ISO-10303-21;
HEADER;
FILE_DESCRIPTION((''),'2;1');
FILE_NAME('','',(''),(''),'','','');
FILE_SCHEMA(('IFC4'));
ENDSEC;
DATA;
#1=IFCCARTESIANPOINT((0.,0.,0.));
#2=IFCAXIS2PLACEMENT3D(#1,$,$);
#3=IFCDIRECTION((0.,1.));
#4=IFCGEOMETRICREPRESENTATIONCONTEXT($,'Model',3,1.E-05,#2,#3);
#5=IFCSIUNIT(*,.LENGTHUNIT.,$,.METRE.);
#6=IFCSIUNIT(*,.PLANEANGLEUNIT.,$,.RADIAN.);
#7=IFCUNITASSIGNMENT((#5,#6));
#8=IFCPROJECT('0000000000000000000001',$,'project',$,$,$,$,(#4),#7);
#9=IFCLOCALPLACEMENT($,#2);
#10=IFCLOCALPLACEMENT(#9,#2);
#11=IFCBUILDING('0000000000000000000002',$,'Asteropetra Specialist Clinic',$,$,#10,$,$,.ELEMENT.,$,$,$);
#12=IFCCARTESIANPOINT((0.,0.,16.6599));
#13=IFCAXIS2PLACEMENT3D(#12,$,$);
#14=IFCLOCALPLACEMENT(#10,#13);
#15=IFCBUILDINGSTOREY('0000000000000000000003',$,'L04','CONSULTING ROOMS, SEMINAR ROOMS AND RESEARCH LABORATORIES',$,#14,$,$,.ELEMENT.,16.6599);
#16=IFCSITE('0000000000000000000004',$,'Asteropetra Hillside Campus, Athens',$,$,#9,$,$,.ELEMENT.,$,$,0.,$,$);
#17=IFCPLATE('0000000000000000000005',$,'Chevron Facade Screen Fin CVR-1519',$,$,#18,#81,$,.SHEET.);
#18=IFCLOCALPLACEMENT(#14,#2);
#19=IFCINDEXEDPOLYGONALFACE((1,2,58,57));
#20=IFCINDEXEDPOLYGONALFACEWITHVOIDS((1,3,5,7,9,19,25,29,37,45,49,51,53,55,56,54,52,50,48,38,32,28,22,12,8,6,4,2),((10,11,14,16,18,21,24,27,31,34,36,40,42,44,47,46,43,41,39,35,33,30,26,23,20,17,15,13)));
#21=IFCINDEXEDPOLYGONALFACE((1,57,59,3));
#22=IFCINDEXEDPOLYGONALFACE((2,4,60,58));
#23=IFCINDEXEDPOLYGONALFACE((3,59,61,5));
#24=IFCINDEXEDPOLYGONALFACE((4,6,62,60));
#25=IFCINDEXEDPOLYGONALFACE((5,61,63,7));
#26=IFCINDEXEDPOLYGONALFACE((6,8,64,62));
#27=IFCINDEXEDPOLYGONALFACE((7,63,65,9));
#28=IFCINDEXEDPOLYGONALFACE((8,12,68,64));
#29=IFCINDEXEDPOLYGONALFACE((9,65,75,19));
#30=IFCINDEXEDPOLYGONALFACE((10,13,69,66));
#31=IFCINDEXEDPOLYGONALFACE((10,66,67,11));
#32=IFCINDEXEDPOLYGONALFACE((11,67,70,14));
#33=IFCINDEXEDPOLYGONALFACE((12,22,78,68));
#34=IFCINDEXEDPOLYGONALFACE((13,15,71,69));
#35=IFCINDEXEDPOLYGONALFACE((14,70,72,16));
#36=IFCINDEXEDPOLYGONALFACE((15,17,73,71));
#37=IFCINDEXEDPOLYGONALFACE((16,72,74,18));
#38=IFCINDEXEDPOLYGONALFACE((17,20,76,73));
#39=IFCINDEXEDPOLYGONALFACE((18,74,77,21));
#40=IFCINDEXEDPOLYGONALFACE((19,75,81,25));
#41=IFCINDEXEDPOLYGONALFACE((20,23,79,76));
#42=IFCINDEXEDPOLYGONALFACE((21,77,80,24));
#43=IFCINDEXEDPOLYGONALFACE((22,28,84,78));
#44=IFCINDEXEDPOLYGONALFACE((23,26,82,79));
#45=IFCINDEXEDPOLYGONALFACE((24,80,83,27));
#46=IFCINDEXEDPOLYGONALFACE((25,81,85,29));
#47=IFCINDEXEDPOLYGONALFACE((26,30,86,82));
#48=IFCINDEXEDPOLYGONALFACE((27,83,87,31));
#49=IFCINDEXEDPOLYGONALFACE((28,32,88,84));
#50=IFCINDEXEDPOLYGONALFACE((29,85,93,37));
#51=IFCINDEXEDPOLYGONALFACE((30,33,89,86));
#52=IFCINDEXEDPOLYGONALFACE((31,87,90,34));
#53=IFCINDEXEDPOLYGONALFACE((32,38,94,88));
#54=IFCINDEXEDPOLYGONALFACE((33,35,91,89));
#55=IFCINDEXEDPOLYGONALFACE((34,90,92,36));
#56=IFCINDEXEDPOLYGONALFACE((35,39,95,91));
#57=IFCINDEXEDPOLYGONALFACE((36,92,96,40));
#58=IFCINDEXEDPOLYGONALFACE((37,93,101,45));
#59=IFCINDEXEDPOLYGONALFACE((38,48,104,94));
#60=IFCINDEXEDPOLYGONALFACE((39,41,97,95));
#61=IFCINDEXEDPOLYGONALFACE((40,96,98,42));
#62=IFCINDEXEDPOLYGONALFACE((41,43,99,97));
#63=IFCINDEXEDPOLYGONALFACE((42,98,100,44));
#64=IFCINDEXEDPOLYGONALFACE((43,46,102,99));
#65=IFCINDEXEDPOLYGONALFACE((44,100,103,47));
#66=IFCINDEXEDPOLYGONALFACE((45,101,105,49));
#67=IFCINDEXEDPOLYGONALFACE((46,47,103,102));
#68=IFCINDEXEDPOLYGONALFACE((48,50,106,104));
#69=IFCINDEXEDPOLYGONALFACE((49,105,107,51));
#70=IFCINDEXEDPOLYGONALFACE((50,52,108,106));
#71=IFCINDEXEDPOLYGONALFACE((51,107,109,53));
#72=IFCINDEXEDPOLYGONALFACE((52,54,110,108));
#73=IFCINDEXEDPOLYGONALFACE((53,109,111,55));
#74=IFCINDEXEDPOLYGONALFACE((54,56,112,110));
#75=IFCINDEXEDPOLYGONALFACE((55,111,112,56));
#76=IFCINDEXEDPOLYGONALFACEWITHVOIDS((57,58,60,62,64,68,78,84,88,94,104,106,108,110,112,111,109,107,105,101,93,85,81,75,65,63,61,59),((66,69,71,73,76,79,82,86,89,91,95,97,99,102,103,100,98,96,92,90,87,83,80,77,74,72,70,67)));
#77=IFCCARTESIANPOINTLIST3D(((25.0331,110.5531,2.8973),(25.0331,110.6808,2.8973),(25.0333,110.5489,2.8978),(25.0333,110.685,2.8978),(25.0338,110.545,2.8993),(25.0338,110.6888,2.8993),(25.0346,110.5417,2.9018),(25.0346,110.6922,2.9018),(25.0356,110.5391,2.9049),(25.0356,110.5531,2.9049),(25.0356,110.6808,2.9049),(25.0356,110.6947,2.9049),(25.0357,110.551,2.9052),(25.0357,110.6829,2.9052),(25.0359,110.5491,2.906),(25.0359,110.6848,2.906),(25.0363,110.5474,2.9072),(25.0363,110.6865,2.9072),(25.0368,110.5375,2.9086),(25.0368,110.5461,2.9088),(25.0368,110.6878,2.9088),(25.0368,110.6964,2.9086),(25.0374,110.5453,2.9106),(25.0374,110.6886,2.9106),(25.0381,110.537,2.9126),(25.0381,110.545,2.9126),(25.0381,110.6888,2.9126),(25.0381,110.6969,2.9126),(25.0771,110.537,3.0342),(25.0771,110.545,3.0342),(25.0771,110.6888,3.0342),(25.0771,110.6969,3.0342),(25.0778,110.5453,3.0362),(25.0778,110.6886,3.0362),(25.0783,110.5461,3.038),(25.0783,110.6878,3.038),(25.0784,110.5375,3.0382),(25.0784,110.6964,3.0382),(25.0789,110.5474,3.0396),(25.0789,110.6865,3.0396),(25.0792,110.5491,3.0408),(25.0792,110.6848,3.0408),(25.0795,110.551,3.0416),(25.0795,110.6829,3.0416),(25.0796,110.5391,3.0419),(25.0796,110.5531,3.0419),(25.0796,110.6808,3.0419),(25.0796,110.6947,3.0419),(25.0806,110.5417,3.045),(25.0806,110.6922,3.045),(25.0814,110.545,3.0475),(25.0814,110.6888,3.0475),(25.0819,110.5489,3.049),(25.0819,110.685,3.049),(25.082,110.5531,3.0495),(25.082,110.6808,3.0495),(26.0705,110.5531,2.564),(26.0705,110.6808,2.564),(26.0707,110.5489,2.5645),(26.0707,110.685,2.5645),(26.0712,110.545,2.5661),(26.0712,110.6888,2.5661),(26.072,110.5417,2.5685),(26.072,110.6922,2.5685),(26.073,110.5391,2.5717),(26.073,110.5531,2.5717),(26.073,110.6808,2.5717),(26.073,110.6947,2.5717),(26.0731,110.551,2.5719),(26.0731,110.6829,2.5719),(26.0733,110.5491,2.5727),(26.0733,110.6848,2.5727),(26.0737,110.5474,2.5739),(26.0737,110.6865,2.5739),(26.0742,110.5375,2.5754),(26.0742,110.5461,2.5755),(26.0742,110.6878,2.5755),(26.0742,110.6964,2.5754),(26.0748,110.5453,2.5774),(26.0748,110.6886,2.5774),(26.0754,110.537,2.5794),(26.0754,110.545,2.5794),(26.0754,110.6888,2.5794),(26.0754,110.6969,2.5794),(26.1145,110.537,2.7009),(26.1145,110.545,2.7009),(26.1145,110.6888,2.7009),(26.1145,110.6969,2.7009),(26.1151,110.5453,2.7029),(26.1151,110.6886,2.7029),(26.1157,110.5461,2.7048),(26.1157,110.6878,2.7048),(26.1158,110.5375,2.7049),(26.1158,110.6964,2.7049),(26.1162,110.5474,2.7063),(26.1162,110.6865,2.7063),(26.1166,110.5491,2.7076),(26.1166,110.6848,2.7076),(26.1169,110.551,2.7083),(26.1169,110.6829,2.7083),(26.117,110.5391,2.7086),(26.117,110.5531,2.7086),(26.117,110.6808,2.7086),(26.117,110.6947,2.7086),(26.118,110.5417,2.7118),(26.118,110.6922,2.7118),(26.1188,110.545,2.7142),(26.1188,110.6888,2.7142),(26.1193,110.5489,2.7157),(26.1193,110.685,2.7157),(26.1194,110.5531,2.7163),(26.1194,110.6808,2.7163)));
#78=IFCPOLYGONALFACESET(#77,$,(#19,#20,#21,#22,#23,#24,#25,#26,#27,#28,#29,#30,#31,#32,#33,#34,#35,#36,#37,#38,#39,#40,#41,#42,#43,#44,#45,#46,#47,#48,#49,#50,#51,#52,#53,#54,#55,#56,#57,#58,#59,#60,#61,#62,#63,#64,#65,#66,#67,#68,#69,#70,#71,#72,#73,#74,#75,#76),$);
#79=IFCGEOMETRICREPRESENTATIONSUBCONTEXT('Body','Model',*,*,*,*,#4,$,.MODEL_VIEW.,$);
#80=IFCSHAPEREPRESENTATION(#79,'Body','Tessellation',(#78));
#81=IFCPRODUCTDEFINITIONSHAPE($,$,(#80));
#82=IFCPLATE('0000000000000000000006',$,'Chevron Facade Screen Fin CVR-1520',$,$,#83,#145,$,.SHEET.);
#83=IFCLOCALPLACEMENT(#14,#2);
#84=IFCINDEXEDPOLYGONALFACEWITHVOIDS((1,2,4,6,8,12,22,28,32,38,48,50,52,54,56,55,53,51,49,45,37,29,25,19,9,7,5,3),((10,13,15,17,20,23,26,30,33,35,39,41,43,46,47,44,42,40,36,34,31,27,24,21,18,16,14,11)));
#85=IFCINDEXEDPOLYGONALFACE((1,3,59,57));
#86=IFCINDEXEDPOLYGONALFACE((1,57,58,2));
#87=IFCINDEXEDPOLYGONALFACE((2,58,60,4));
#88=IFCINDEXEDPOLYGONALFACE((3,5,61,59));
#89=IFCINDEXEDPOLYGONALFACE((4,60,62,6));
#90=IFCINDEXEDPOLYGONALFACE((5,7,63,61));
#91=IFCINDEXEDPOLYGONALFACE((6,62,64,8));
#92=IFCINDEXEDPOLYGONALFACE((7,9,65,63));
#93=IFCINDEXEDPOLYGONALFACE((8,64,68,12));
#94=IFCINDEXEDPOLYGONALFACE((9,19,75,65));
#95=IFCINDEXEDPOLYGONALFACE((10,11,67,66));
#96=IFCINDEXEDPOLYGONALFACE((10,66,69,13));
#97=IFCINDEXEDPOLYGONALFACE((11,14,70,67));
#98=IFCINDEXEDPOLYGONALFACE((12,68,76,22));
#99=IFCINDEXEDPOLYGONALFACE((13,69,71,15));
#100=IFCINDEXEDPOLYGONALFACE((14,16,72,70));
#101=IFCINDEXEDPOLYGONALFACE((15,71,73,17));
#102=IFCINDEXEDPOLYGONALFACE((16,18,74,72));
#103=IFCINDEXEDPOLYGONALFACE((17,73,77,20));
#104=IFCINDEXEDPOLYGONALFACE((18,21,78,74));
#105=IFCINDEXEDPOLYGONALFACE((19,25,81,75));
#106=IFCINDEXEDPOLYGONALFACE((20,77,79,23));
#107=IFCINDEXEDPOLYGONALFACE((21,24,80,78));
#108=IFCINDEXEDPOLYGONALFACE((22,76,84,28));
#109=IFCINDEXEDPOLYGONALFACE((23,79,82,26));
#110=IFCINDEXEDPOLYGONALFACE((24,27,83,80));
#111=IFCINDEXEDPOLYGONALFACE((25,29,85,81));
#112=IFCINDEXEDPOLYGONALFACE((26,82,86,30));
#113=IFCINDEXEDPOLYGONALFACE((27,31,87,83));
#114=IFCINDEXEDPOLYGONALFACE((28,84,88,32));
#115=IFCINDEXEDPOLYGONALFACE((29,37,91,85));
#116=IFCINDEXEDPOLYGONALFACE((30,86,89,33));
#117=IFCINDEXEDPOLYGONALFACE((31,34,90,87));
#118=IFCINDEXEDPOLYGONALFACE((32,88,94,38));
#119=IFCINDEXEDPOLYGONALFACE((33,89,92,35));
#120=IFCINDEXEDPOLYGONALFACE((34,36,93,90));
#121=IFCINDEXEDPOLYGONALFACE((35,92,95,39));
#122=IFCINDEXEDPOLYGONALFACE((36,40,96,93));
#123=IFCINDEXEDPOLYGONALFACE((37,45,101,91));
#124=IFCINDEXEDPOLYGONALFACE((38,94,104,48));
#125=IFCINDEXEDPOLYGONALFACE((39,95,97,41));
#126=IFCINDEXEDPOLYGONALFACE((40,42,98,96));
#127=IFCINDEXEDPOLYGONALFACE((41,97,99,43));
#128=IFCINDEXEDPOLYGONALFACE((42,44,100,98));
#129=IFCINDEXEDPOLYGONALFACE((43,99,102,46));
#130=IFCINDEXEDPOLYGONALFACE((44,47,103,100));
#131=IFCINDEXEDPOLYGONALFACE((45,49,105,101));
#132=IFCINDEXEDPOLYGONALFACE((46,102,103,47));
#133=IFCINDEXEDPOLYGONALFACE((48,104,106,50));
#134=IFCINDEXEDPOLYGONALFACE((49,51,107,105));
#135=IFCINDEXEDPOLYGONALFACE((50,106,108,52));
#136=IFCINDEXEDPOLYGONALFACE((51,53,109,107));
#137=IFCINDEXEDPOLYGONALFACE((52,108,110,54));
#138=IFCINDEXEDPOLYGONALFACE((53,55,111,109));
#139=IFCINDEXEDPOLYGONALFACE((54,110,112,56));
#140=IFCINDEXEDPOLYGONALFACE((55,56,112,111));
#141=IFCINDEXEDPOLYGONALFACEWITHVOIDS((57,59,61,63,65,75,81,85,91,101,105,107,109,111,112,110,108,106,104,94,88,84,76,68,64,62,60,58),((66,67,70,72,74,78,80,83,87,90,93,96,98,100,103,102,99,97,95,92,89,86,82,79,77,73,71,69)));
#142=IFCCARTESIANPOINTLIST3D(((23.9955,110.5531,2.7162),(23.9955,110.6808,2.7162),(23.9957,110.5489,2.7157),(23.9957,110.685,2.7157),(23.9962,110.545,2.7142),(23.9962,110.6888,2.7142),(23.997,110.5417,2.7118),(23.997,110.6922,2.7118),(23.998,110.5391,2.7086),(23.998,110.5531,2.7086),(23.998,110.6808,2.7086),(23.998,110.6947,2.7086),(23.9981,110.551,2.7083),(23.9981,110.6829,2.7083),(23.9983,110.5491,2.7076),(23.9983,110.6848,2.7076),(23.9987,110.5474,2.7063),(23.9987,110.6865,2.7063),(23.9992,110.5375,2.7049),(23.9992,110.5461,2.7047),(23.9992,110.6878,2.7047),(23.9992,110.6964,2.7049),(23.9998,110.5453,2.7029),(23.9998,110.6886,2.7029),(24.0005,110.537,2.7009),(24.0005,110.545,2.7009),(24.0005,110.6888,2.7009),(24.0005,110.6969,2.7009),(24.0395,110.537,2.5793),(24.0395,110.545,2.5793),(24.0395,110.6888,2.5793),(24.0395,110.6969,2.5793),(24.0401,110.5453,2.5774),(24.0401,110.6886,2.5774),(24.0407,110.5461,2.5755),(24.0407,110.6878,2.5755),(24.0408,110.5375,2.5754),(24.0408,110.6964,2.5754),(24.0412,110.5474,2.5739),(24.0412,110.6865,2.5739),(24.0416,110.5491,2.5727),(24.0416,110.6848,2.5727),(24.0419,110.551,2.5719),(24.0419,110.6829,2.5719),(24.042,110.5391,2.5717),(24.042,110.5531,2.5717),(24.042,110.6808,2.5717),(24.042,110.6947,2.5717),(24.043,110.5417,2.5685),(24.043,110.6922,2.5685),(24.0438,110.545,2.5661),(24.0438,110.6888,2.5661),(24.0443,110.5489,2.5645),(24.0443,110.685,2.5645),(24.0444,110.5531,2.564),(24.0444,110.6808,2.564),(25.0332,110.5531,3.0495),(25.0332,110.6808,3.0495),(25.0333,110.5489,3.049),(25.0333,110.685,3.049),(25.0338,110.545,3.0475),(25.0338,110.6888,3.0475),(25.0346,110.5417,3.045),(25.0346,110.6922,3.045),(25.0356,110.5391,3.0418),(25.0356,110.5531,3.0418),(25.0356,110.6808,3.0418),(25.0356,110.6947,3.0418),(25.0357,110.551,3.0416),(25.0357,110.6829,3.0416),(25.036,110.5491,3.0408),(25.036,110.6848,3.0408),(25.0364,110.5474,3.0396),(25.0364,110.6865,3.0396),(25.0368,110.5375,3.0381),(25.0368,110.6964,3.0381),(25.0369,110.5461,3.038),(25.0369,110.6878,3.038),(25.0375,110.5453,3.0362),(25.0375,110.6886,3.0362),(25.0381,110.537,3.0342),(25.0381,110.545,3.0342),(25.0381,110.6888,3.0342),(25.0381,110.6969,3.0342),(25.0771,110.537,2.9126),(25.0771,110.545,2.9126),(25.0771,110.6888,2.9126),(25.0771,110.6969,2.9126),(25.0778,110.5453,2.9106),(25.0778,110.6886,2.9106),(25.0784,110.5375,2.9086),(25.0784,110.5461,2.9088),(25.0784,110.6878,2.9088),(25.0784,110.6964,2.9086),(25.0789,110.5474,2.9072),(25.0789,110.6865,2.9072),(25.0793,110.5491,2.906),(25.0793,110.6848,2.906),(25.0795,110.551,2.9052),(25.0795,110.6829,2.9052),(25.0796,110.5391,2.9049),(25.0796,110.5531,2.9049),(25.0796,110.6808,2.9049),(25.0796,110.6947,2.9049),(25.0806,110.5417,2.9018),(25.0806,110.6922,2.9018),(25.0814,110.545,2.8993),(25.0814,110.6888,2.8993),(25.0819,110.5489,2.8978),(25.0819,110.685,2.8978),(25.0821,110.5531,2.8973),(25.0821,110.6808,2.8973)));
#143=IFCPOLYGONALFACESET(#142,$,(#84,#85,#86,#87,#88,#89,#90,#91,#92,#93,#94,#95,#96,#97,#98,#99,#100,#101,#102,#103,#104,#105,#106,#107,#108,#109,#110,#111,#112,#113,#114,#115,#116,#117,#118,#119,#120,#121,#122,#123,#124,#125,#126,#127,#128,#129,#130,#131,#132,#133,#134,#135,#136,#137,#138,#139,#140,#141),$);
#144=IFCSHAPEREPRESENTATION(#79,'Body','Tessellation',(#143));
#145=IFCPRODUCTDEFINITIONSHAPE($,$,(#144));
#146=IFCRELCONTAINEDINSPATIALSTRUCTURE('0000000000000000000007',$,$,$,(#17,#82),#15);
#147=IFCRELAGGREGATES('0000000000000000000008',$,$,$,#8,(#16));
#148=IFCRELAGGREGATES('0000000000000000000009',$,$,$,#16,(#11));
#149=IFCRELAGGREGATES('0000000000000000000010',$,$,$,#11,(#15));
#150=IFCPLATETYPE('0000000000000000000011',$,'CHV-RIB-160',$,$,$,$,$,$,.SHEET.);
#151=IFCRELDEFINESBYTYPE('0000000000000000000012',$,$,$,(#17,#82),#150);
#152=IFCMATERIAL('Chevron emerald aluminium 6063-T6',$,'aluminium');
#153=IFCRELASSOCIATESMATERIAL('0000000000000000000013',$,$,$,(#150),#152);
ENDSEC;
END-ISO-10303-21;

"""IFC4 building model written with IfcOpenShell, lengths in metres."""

from ifc_helpers import new_model, si_unit, direction, frame, origin, origin_2d, place, context, subcontext, project, spatial, hollow_rectangle, extrude, material, material_profile, profile_set, type_object, element, save


model = new_model("IFC4")

# Units and contexts
model_context = context("Model", 3, precision=1e-05, world=origin(), true_north=direction((0.0, 1.0)))
body_context = subcontext(model_context, "Body", "Model", "MODEL_VIEW")
ifc_project = project(units=[si_unit("LENGTHUNIT", "METRE"), si_unit("PLANEANGLEUNIT", "RADIAN")], contexts=[model_context])

# Site, building, storey
site_placement = place(None, origin())
site = spatial("IfcSite", under=ifc_project, at=site_placement, Name="Asteropetra Hillside Campus, Athens", CompositionType="ELEMENT", RefElevation=0.0)
building_placement = place(site_placement, origin())
building = spatial("IfcBuilding", under=site, at=building_placement, Name="Asteropetra Specialist Clinic", CompositionType="ELEMENT")
storey_placement = place(building_placement, frame((0.0, 0.0, 16.6599)))
storey = spatial("IfcBuildingStorey", under=building, at=storey_placement, Name="L04", Description="CONSULTING ROOMS, SEMINAR ROOMS AND RESEARCH LABORATORIES", CompositionType="ELEMENT", Elevation=16.6599)

# Plates
ifc_material_1 = material(Name="Chevron emerald aluminium 6063-T6", Category="aluminium")
ifc_material_profile = material_profile(ifc_material_1, hollow_rectangle(XDim=0.1599, YDim=0.1599, WallThickness=0.0081, InnerFilletRadius=0.0081, OuterFilletRadius=0.0161, at=origin_2d()), Name="SHS 160x160x8.0")
ifc_profile_set = profile_set([ifc_material_profile], Name="Chevron emerald aluminium 6063-T6")
plate_type_1 = type_object("IfcPlateType", Name="CHV-RIB-160", PredefinedType="SHEET", material=ifc_profile_set)
plate_1_placement = place(storey_placement, frame((26.095, 110.6169, 2.6401), z_axis=(-0.952078, 0.0, 0.305857), x_axis=(0.0, -1.0, 0.0)))
element("IfcPlate", 1, at=plate_1_placement, inside=storey, type_object=plate_type_1, Name="Chevron Facade Screen Fin CVR-1519", PredefinedType="SHEET", context=body_context, shape_type="SweptSolid", body=[
    extrude(hollow_rectangle(XDim=0.1599, YDim=0.1599, WallThickness=0.0081, InnerFilletRadius=0.0081, OuterFilletRadius=0.0161, at=origin_2d()), origin(), (0.0, 0.0, 1.0), 1.0896),
])
for number, where, z_axis, x_axis, name in (
    (2, (25.0576, 110.6169, 2.9734), (-0.952098, 0.0, -0.305792), (0.0, -1.0, 0.0), "Chevron Facade Screen Fin CVR-1520"),
):
    element("IfcPlate", number, at=place(storey_placement, frame(where, z_axis=z_axis, x_axis=x_axis)), inside=storey, type_object=plate_type_1, Name=name, PredefinedType="SHEET", context=body_context, shape_type="SweptSolid", body=[
        extrude(hollow_rectangle(XDim=0.1599, YDim=0.1599, WallThickness=0.0081, InnerFilletRadius=0.0081, OuterFilletRadius=0.0161, at=origin_2d()), origin(), (0.0, 0.0, 1.0), 1.0898),
    ])

save(model, "model.ifc")
